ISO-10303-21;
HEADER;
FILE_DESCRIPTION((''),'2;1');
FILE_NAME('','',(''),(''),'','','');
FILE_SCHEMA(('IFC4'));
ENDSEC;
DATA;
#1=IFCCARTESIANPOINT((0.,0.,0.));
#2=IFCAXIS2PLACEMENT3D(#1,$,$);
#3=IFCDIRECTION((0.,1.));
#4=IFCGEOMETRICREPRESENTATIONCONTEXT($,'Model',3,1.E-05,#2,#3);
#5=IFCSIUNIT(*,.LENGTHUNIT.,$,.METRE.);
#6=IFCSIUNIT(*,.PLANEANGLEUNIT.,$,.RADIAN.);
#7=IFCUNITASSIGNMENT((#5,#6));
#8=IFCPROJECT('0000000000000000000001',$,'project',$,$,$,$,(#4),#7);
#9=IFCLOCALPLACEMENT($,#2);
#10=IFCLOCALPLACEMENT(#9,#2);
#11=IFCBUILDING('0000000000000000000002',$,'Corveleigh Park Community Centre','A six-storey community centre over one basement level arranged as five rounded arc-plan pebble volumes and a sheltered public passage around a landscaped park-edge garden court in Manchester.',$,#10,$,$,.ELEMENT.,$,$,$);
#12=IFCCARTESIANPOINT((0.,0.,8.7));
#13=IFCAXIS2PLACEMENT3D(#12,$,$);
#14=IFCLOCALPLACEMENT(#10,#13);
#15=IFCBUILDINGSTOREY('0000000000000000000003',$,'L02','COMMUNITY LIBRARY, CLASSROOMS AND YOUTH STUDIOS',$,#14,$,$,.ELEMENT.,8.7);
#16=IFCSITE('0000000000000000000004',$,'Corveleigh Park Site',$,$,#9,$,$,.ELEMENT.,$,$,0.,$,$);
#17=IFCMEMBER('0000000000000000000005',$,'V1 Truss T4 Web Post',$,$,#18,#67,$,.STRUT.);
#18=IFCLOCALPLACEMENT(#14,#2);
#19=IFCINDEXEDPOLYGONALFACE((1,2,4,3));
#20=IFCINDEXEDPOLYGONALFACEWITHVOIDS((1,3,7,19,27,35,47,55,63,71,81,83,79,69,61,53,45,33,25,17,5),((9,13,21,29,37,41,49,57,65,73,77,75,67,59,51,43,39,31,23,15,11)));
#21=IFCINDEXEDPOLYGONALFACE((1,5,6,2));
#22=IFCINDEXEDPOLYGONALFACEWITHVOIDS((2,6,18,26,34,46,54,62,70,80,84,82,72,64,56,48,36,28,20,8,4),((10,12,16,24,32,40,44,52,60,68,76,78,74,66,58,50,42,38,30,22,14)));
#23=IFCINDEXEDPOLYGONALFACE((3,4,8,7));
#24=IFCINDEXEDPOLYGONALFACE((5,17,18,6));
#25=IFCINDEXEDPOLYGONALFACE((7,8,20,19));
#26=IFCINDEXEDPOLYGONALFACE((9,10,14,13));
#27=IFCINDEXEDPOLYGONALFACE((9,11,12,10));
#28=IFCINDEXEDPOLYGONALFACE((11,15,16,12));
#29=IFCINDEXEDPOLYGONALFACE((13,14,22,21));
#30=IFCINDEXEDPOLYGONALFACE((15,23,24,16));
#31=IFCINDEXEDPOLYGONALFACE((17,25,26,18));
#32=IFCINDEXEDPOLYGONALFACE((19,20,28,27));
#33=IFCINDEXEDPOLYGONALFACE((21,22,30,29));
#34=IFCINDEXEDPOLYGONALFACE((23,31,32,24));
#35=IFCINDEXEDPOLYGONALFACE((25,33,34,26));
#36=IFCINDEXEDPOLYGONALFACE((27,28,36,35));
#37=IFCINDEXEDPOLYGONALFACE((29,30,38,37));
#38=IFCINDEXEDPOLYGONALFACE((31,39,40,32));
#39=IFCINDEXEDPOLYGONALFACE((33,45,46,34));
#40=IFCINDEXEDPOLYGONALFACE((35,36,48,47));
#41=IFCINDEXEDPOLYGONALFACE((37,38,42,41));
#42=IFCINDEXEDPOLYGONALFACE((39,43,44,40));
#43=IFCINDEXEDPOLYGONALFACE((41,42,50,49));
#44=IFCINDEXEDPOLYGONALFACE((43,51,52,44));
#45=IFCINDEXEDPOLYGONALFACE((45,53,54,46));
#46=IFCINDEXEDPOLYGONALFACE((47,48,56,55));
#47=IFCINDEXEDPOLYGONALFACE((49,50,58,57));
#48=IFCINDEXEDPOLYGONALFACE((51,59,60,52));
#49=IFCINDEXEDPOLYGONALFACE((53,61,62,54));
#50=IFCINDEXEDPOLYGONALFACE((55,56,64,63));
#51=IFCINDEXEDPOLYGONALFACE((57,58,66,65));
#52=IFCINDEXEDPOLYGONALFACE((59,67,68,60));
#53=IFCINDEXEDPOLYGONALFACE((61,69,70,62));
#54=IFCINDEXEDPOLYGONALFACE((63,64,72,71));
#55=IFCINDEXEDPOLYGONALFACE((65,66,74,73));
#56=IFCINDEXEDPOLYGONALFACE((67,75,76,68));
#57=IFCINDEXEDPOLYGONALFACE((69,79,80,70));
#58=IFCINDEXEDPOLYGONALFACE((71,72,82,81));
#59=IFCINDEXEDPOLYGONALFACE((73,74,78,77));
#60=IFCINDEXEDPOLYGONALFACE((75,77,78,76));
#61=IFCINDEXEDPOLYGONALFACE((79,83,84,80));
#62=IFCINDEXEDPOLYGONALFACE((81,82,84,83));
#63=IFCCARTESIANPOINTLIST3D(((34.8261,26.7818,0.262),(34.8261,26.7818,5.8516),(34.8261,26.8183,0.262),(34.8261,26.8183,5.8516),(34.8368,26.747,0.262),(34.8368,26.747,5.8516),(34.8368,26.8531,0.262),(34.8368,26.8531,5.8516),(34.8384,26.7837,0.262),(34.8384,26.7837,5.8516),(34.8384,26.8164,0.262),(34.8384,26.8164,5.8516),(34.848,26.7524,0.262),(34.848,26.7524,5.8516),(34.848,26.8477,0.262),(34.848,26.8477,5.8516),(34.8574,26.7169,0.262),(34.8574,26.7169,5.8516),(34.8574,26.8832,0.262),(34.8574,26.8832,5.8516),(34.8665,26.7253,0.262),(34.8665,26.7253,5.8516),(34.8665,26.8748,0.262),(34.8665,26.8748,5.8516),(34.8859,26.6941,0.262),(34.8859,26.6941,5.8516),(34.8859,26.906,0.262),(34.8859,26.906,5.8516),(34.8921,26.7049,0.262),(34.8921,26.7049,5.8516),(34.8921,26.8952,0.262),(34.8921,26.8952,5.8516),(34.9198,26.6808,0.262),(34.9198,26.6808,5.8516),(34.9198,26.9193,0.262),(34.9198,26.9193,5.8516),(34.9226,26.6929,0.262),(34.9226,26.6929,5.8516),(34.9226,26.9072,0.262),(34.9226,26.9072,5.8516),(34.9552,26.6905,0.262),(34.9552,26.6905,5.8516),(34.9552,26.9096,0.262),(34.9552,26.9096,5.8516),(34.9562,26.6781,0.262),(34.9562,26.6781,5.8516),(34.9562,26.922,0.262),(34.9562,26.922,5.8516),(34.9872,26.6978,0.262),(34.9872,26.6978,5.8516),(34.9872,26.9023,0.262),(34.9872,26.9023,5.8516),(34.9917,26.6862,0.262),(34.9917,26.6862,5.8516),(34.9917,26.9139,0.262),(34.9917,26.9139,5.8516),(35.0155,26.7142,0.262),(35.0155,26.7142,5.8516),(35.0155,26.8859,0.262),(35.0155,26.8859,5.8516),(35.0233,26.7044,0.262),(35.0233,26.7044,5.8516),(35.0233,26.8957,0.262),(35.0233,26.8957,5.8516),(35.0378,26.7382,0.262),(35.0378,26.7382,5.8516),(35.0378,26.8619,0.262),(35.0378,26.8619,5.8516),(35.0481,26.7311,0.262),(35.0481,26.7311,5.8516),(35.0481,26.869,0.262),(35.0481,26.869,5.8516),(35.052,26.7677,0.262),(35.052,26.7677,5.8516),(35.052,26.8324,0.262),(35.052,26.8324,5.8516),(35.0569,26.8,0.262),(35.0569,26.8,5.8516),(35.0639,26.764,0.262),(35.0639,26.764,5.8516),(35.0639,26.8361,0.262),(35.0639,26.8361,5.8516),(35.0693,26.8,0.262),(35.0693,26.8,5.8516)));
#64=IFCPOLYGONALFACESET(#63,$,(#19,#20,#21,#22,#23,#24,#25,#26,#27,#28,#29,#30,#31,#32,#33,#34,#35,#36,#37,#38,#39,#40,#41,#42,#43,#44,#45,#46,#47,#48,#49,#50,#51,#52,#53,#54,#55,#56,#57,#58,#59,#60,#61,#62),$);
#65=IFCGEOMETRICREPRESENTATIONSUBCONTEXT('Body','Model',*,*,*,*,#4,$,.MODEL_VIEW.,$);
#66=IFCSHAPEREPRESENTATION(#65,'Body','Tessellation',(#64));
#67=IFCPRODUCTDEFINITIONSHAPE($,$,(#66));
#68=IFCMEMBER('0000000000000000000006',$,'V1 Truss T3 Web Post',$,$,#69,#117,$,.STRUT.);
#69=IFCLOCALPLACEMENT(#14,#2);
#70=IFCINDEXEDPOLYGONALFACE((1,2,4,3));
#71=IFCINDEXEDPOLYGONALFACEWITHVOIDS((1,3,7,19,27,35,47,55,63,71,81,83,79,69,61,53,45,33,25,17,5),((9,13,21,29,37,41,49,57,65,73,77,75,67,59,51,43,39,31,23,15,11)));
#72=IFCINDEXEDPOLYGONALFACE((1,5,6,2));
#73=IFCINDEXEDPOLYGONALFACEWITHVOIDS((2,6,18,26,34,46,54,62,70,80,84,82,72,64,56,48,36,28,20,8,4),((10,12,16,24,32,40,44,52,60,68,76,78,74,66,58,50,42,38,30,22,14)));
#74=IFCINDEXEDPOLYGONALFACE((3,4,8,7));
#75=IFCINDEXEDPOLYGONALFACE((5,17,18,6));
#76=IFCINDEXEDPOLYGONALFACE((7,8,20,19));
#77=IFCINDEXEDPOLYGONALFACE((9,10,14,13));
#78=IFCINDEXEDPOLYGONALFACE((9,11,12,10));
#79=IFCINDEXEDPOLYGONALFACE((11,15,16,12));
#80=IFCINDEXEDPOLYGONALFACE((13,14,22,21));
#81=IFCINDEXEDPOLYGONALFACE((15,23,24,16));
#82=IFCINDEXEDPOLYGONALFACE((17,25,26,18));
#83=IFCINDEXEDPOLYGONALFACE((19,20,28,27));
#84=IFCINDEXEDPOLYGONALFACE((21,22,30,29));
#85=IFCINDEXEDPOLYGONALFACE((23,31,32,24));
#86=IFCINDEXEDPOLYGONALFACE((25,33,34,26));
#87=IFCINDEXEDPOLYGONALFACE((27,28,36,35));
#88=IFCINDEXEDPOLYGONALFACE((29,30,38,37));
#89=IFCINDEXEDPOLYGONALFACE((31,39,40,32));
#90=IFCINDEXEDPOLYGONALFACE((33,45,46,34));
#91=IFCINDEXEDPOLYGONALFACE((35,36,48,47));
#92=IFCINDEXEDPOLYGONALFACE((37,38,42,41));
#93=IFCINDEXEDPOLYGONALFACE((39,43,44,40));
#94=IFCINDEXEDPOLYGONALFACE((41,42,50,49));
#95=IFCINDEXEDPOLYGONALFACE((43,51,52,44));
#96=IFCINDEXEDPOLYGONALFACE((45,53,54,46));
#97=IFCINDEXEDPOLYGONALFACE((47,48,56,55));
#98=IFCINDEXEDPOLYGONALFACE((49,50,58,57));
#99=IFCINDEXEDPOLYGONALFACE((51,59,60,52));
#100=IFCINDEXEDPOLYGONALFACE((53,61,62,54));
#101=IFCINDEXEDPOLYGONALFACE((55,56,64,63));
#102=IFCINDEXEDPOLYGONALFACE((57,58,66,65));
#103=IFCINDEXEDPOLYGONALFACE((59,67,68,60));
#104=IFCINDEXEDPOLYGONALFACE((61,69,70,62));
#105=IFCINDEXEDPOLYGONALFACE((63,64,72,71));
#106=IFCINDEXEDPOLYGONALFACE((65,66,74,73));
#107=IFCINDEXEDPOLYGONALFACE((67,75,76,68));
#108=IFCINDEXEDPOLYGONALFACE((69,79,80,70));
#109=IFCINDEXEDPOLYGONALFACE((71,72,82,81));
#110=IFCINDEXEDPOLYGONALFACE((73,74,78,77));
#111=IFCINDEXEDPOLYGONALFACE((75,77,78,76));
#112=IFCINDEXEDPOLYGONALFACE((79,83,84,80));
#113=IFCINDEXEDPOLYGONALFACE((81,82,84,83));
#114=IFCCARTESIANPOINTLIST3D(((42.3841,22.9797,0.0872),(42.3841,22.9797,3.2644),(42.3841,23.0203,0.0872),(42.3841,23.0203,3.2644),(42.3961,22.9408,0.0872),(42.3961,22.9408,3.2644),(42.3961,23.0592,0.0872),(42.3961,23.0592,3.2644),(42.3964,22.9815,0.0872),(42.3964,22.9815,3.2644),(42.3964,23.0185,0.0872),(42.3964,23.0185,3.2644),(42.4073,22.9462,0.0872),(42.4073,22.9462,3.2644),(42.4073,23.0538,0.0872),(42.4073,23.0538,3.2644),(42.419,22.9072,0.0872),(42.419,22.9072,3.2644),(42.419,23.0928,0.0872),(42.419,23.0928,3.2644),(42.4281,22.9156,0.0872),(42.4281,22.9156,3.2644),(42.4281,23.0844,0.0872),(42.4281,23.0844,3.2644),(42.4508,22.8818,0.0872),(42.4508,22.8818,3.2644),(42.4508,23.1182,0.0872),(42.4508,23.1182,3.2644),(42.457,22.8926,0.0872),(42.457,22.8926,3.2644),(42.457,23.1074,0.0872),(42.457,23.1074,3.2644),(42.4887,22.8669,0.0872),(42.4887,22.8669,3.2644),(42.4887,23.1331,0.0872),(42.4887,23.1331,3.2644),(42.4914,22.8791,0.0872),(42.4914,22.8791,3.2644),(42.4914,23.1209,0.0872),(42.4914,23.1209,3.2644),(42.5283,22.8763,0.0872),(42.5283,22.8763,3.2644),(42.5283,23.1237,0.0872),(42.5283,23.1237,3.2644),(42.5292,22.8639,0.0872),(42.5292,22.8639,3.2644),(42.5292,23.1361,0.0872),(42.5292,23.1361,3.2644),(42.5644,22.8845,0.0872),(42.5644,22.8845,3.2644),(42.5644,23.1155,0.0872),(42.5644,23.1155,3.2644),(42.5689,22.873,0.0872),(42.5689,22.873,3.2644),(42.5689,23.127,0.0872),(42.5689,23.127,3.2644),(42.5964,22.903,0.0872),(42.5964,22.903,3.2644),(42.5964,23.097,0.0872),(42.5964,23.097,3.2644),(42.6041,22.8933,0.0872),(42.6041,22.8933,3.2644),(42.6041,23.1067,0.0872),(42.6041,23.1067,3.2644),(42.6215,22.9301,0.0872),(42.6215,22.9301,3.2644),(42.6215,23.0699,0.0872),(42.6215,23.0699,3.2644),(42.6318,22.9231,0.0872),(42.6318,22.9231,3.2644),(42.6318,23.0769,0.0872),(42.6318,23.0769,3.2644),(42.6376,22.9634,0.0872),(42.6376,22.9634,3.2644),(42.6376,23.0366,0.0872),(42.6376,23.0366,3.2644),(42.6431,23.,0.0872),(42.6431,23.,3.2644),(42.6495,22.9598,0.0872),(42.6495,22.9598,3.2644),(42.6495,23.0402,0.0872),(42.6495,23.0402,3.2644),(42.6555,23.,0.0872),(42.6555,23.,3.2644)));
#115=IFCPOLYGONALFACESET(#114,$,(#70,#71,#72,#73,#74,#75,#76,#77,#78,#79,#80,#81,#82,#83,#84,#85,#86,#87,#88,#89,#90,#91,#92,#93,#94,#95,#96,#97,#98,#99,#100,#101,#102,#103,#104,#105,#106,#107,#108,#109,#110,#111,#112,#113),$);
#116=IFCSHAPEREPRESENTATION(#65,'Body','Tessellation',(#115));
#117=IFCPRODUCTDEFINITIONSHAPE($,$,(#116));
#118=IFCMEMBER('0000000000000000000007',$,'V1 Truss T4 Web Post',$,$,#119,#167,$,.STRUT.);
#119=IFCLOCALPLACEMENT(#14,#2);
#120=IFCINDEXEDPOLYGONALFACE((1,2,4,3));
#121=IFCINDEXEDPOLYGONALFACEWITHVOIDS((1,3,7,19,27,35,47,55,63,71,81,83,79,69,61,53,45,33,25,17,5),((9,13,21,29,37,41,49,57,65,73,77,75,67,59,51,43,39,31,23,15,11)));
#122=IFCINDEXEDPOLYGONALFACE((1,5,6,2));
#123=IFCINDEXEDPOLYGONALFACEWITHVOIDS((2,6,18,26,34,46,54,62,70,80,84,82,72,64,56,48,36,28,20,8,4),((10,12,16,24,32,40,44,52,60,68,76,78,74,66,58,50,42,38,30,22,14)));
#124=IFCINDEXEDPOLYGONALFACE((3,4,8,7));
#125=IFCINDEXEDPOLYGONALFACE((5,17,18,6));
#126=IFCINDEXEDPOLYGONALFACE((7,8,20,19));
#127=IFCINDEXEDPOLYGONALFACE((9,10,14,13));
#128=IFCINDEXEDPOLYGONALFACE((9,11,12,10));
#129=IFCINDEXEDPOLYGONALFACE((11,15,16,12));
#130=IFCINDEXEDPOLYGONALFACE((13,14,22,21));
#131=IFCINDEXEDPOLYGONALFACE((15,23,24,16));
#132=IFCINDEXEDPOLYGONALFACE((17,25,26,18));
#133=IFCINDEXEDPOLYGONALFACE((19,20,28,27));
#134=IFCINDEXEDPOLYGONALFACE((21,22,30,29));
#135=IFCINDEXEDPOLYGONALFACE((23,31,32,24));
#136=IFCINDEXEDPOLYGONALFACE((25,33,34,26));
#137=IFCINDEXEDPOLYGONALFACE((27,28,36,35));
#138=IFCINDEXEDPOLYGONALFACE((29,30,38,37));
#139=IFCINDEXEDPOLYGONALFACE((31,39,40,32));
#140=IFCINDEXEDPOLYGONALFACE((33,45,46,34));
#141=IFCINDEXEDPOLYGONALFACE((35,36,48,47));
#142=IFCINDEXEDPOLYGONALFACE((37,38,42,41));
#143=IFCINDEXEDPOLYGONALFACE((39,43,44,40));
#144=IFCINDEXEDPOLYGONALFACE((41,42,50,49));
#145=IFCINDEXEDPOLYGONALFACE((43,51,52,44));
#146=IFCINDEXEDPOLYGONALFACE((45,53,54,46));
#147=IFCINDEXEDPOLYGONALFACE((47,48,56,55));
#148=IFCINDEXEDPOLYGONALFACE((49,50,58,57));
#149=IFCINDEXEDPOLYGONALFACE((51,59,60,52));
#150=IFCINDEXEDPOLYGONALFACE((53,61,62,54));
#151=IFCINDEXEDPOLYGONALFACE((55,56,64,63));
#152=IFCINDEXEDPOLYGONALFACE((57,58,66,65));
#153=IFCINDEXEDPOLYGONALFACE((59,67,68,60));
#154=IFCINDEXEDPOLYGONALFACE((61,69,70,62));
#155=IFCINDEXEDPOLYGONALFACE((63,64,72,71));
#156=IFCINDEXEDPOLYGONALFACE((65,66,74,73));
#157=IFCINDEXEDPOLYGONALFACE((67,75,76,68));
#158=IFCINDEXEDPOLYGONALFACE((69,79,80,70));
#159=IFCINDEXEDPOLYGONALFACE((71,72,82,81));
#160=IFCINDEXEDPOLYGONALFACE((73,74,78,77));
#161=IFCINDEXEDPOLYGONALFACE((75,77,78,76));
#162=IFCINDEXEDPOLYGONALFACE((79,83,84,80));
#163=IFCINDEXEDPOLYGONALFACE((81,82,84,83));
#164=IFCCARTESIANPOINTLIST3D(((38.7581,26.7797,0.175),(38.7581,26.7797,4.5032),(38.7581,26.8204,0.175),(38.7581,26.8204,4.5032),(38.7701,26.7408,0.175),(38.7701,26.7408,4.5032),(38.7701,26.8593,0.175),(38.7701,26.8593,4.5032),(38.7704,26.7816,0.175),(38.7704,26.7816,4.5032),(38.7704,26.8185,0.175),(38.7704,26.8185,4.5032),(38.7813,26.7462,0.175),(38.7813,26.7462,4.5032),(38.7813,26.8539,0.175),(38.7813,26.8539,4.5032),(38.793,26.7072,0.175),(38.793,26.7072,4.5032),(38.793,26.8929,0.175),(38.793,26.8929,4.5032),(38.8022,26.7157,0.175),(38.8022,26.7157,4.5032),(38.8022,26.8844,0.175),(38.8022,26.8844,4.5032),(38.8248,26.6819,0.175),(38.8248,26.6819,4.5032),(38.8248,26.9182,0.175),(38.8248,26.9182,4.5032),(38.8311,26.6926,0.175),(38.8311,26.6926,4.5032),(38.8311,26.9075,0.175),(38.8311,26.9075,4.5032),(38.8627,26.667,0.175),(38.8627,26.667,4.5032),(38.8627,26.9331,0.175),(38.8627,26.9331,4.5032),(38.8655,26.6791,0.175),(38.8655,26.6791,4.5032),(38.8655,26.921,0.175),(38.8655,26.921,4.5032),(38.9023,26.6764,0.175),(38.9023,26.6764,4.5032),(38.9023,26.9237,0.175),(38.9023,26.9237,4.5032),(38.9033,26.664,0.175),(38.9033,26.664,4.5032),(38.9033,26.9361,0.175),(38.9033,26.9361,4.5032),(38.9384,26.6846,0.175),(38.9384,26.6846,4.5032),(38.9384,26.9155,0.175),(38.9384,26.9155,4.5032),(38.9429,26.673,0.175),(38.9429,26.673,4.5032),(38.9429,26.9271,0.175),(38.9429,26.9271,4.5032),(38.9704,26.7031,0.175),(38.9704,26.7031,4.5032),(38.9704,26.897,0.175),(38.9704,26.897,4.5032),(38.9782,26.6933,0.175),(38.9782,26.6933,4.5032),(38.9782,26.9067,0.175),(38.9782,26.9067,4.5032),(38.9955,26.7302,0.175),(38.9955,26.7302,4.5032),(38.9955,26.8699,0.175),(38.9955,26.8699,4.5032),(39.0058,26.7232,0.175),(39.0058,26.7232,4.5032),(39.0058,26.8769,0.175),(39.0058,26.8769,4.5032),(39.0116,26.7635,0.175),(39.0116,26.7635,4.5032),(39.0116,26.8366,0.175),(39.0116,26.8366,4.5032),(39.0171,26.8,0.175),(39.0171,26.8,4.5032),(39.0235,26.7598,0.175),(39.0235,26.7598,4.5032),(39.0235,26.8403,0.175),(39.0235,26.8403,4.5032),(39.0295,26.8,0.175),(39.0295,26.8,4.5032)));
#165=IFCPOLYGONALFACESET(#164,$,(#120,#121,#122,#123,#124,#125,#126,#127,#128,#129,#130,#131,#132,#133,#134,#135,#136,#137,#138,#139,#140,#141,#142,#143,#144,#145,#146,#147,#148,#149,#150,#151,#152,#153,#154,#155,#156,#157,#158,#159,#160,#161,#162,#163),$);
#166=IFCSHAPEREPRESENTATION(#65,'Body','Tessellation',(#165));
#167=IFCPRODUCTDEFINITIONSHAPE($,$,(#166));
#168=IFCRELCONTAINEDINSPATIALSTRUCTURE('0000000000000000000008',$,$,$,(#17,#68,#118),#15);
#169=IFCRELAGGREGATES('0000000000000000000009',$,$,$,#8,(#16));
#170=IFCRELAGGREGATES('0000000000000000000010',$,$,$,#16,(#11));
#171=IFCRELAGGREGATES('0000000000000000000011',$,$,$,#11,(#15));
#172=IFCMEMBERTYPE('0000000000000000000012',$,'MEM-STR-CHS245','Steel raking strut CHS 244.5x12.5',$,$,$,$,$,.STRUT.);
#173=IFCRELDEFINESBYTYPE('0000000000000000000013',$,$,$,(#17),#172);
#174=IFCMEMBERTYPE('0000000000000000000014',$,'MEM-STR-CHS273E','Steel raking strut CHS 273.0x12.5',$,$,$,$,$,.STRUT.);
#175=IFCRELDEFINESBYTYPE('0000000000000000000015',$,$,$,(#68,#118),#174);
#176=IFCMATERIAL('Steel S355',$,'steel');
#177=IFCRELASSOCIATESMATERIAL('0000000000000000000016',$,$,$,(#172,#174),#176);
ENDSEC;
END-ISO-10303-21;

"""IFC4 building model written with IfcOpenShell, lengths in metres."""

from ifc_helpers import new_model, si_unit, direction, frame, origin, origin_2d, place, context, subcontext, project, spatial, hollow_circle, extrude, material, material_profile, profile_set, type_object, element, save


model = new_model("IFC4")

# Units and contexts
model_context = context("Model", 3, precision=1e-05, world=origin(), true_north=direction((0.0, 1.0)))
body_context = subcontext(model_context, "Body", "Model", "MODEL_VIEW")
ifc_project = project(units=[si_unit("LENGTHUNIT", "METRE"), si_unit("PLANEANGLEUNIT", "RADIAN")], contexts=[model_context])

# Site, building, storey
site_placement = place(None, origin())
site = spatial("IfcSite", under=ifc_project, at=site_placement, Name="Corveleigh Park Site", CompositionType="ELEMENT", RefElevation=0.0)
building_placement = place(site_placement, origin())
building = spatial("IfcBuilding", under=site, at=building_placement, Name="Corveleigh Park Community Centre", Description="A six-storey community centre over one basement level arranged as five rounded arc-plan pebble volumes and a sheltered public passage around a landscaped park-edge garden court in Manchester.", CompositionType="ELEMENT")
storey_placement = place(building_placement, frame((0.0, 0.0, 8.7)))
storey = spatial("IfcBuildingStorey", under=building, at=storey_placement, Name="L02", Description="COMMUNITY LIBRARY, CLASSROOMS AND YOUTH STUDIOS", CompositionType="ELEMENT", Elevation=8.7)

# Members
ifc_material_1 = material(Name="Steel S355", Category="steel")
ifc_material_profile_1 = material_profile(ifc_material_1, hollow_circle(Radius=0.1223, WallThickness=0.0125, at=origin_2d()), Name="CHS 244.5x12.5", Category="steel")
ifc_profile_set_1 = profile_set([ifc_material_profile_1], Name="Steel S355")
member_type_1 = type_object("IfcMemberType", Name="MEM-STR-CHS245", Description="Steel raking strut CHS 244.5x12.5", PredefinedType="STRUT", material=ifc_profile_set_1)
member_1_placement = place(storey_placement, frame((34.947, 26.8, 0.262), z_axis=(0.0, 0.0, 1.0), x_axis=(1.0, 0.0, 0.0)))
element("IfcMember", 1, at=member_1_placement, inside=storey, type_object=member_type_1, Name="V1 Truss T4 Web Post", PredefinedType="STRUT", context=body_context, shape_type="SweptSolid", body=[
    extrude(hollow_circle(Radius=0.1223, WallThickness=0.0125, at=origin_2d()), origin(), (0.0, 0.0, 1.0), 5.5896),
])
ifc_material_profile_2 = material_profile(ifc_material_1, hollow_circle(Radius=0.1365, WallThickness=0.0125, at=origin_2d()), Name="CHS 273.0x12.5", Category="steel")
ifc_profile_set_2 = profile_set([ifc_material_profile_2], Name="Steel S355")
member_type_2 = type_object("IfcMemberType", Name="MEM-STR-CHS273E", Description="Steel raking strut CHS 273.0x12.5", PredefinedType="STRUT", material=ifc_profile_set_2)
member_2_placement = place(storey_placement, frame((42.519, 23.0, 0.0872), z_axis=(0.0, 0.0, 1.0), x_axis=(1.0, 0.0, 0.0)))
element("IfcMember", 2, at=member_2_placement, inside=storey, type_object=member_type_2, Name="V1 Truss T3 Web Post", PredefinedType="STRUT", context=body_context, shape_type="SweptSolid", body=[
    extrude(hollow_circle(Radius=0.1365, WallThickness=0.0125, at=origin_2d()), origin(), (0.0, 0.0, 1.0), 3.1772),
])
member_3_placement = place(storey_placement, frame((38.8931, 26.8, 0.175), z_axis=(0.0, 0.0, 1.0), x_axis=(1.0, 0.0, 0.0)))
element("IfcMember", 3, at=member_3_placement, inside=storey, type_object=member_type_2, Name="V1 Truss T4 Web Post", PredefinedType="STRUT", context=body_context, shape_type="SweptSolid", body=[
    extrude(hollow_circle(Radius=0.1365, WallThickness=0.0125, at=origin_2d()), origin(), (0.0, 0.0, 1.0), 4.3281),
])

save(model, "model.ifc")
